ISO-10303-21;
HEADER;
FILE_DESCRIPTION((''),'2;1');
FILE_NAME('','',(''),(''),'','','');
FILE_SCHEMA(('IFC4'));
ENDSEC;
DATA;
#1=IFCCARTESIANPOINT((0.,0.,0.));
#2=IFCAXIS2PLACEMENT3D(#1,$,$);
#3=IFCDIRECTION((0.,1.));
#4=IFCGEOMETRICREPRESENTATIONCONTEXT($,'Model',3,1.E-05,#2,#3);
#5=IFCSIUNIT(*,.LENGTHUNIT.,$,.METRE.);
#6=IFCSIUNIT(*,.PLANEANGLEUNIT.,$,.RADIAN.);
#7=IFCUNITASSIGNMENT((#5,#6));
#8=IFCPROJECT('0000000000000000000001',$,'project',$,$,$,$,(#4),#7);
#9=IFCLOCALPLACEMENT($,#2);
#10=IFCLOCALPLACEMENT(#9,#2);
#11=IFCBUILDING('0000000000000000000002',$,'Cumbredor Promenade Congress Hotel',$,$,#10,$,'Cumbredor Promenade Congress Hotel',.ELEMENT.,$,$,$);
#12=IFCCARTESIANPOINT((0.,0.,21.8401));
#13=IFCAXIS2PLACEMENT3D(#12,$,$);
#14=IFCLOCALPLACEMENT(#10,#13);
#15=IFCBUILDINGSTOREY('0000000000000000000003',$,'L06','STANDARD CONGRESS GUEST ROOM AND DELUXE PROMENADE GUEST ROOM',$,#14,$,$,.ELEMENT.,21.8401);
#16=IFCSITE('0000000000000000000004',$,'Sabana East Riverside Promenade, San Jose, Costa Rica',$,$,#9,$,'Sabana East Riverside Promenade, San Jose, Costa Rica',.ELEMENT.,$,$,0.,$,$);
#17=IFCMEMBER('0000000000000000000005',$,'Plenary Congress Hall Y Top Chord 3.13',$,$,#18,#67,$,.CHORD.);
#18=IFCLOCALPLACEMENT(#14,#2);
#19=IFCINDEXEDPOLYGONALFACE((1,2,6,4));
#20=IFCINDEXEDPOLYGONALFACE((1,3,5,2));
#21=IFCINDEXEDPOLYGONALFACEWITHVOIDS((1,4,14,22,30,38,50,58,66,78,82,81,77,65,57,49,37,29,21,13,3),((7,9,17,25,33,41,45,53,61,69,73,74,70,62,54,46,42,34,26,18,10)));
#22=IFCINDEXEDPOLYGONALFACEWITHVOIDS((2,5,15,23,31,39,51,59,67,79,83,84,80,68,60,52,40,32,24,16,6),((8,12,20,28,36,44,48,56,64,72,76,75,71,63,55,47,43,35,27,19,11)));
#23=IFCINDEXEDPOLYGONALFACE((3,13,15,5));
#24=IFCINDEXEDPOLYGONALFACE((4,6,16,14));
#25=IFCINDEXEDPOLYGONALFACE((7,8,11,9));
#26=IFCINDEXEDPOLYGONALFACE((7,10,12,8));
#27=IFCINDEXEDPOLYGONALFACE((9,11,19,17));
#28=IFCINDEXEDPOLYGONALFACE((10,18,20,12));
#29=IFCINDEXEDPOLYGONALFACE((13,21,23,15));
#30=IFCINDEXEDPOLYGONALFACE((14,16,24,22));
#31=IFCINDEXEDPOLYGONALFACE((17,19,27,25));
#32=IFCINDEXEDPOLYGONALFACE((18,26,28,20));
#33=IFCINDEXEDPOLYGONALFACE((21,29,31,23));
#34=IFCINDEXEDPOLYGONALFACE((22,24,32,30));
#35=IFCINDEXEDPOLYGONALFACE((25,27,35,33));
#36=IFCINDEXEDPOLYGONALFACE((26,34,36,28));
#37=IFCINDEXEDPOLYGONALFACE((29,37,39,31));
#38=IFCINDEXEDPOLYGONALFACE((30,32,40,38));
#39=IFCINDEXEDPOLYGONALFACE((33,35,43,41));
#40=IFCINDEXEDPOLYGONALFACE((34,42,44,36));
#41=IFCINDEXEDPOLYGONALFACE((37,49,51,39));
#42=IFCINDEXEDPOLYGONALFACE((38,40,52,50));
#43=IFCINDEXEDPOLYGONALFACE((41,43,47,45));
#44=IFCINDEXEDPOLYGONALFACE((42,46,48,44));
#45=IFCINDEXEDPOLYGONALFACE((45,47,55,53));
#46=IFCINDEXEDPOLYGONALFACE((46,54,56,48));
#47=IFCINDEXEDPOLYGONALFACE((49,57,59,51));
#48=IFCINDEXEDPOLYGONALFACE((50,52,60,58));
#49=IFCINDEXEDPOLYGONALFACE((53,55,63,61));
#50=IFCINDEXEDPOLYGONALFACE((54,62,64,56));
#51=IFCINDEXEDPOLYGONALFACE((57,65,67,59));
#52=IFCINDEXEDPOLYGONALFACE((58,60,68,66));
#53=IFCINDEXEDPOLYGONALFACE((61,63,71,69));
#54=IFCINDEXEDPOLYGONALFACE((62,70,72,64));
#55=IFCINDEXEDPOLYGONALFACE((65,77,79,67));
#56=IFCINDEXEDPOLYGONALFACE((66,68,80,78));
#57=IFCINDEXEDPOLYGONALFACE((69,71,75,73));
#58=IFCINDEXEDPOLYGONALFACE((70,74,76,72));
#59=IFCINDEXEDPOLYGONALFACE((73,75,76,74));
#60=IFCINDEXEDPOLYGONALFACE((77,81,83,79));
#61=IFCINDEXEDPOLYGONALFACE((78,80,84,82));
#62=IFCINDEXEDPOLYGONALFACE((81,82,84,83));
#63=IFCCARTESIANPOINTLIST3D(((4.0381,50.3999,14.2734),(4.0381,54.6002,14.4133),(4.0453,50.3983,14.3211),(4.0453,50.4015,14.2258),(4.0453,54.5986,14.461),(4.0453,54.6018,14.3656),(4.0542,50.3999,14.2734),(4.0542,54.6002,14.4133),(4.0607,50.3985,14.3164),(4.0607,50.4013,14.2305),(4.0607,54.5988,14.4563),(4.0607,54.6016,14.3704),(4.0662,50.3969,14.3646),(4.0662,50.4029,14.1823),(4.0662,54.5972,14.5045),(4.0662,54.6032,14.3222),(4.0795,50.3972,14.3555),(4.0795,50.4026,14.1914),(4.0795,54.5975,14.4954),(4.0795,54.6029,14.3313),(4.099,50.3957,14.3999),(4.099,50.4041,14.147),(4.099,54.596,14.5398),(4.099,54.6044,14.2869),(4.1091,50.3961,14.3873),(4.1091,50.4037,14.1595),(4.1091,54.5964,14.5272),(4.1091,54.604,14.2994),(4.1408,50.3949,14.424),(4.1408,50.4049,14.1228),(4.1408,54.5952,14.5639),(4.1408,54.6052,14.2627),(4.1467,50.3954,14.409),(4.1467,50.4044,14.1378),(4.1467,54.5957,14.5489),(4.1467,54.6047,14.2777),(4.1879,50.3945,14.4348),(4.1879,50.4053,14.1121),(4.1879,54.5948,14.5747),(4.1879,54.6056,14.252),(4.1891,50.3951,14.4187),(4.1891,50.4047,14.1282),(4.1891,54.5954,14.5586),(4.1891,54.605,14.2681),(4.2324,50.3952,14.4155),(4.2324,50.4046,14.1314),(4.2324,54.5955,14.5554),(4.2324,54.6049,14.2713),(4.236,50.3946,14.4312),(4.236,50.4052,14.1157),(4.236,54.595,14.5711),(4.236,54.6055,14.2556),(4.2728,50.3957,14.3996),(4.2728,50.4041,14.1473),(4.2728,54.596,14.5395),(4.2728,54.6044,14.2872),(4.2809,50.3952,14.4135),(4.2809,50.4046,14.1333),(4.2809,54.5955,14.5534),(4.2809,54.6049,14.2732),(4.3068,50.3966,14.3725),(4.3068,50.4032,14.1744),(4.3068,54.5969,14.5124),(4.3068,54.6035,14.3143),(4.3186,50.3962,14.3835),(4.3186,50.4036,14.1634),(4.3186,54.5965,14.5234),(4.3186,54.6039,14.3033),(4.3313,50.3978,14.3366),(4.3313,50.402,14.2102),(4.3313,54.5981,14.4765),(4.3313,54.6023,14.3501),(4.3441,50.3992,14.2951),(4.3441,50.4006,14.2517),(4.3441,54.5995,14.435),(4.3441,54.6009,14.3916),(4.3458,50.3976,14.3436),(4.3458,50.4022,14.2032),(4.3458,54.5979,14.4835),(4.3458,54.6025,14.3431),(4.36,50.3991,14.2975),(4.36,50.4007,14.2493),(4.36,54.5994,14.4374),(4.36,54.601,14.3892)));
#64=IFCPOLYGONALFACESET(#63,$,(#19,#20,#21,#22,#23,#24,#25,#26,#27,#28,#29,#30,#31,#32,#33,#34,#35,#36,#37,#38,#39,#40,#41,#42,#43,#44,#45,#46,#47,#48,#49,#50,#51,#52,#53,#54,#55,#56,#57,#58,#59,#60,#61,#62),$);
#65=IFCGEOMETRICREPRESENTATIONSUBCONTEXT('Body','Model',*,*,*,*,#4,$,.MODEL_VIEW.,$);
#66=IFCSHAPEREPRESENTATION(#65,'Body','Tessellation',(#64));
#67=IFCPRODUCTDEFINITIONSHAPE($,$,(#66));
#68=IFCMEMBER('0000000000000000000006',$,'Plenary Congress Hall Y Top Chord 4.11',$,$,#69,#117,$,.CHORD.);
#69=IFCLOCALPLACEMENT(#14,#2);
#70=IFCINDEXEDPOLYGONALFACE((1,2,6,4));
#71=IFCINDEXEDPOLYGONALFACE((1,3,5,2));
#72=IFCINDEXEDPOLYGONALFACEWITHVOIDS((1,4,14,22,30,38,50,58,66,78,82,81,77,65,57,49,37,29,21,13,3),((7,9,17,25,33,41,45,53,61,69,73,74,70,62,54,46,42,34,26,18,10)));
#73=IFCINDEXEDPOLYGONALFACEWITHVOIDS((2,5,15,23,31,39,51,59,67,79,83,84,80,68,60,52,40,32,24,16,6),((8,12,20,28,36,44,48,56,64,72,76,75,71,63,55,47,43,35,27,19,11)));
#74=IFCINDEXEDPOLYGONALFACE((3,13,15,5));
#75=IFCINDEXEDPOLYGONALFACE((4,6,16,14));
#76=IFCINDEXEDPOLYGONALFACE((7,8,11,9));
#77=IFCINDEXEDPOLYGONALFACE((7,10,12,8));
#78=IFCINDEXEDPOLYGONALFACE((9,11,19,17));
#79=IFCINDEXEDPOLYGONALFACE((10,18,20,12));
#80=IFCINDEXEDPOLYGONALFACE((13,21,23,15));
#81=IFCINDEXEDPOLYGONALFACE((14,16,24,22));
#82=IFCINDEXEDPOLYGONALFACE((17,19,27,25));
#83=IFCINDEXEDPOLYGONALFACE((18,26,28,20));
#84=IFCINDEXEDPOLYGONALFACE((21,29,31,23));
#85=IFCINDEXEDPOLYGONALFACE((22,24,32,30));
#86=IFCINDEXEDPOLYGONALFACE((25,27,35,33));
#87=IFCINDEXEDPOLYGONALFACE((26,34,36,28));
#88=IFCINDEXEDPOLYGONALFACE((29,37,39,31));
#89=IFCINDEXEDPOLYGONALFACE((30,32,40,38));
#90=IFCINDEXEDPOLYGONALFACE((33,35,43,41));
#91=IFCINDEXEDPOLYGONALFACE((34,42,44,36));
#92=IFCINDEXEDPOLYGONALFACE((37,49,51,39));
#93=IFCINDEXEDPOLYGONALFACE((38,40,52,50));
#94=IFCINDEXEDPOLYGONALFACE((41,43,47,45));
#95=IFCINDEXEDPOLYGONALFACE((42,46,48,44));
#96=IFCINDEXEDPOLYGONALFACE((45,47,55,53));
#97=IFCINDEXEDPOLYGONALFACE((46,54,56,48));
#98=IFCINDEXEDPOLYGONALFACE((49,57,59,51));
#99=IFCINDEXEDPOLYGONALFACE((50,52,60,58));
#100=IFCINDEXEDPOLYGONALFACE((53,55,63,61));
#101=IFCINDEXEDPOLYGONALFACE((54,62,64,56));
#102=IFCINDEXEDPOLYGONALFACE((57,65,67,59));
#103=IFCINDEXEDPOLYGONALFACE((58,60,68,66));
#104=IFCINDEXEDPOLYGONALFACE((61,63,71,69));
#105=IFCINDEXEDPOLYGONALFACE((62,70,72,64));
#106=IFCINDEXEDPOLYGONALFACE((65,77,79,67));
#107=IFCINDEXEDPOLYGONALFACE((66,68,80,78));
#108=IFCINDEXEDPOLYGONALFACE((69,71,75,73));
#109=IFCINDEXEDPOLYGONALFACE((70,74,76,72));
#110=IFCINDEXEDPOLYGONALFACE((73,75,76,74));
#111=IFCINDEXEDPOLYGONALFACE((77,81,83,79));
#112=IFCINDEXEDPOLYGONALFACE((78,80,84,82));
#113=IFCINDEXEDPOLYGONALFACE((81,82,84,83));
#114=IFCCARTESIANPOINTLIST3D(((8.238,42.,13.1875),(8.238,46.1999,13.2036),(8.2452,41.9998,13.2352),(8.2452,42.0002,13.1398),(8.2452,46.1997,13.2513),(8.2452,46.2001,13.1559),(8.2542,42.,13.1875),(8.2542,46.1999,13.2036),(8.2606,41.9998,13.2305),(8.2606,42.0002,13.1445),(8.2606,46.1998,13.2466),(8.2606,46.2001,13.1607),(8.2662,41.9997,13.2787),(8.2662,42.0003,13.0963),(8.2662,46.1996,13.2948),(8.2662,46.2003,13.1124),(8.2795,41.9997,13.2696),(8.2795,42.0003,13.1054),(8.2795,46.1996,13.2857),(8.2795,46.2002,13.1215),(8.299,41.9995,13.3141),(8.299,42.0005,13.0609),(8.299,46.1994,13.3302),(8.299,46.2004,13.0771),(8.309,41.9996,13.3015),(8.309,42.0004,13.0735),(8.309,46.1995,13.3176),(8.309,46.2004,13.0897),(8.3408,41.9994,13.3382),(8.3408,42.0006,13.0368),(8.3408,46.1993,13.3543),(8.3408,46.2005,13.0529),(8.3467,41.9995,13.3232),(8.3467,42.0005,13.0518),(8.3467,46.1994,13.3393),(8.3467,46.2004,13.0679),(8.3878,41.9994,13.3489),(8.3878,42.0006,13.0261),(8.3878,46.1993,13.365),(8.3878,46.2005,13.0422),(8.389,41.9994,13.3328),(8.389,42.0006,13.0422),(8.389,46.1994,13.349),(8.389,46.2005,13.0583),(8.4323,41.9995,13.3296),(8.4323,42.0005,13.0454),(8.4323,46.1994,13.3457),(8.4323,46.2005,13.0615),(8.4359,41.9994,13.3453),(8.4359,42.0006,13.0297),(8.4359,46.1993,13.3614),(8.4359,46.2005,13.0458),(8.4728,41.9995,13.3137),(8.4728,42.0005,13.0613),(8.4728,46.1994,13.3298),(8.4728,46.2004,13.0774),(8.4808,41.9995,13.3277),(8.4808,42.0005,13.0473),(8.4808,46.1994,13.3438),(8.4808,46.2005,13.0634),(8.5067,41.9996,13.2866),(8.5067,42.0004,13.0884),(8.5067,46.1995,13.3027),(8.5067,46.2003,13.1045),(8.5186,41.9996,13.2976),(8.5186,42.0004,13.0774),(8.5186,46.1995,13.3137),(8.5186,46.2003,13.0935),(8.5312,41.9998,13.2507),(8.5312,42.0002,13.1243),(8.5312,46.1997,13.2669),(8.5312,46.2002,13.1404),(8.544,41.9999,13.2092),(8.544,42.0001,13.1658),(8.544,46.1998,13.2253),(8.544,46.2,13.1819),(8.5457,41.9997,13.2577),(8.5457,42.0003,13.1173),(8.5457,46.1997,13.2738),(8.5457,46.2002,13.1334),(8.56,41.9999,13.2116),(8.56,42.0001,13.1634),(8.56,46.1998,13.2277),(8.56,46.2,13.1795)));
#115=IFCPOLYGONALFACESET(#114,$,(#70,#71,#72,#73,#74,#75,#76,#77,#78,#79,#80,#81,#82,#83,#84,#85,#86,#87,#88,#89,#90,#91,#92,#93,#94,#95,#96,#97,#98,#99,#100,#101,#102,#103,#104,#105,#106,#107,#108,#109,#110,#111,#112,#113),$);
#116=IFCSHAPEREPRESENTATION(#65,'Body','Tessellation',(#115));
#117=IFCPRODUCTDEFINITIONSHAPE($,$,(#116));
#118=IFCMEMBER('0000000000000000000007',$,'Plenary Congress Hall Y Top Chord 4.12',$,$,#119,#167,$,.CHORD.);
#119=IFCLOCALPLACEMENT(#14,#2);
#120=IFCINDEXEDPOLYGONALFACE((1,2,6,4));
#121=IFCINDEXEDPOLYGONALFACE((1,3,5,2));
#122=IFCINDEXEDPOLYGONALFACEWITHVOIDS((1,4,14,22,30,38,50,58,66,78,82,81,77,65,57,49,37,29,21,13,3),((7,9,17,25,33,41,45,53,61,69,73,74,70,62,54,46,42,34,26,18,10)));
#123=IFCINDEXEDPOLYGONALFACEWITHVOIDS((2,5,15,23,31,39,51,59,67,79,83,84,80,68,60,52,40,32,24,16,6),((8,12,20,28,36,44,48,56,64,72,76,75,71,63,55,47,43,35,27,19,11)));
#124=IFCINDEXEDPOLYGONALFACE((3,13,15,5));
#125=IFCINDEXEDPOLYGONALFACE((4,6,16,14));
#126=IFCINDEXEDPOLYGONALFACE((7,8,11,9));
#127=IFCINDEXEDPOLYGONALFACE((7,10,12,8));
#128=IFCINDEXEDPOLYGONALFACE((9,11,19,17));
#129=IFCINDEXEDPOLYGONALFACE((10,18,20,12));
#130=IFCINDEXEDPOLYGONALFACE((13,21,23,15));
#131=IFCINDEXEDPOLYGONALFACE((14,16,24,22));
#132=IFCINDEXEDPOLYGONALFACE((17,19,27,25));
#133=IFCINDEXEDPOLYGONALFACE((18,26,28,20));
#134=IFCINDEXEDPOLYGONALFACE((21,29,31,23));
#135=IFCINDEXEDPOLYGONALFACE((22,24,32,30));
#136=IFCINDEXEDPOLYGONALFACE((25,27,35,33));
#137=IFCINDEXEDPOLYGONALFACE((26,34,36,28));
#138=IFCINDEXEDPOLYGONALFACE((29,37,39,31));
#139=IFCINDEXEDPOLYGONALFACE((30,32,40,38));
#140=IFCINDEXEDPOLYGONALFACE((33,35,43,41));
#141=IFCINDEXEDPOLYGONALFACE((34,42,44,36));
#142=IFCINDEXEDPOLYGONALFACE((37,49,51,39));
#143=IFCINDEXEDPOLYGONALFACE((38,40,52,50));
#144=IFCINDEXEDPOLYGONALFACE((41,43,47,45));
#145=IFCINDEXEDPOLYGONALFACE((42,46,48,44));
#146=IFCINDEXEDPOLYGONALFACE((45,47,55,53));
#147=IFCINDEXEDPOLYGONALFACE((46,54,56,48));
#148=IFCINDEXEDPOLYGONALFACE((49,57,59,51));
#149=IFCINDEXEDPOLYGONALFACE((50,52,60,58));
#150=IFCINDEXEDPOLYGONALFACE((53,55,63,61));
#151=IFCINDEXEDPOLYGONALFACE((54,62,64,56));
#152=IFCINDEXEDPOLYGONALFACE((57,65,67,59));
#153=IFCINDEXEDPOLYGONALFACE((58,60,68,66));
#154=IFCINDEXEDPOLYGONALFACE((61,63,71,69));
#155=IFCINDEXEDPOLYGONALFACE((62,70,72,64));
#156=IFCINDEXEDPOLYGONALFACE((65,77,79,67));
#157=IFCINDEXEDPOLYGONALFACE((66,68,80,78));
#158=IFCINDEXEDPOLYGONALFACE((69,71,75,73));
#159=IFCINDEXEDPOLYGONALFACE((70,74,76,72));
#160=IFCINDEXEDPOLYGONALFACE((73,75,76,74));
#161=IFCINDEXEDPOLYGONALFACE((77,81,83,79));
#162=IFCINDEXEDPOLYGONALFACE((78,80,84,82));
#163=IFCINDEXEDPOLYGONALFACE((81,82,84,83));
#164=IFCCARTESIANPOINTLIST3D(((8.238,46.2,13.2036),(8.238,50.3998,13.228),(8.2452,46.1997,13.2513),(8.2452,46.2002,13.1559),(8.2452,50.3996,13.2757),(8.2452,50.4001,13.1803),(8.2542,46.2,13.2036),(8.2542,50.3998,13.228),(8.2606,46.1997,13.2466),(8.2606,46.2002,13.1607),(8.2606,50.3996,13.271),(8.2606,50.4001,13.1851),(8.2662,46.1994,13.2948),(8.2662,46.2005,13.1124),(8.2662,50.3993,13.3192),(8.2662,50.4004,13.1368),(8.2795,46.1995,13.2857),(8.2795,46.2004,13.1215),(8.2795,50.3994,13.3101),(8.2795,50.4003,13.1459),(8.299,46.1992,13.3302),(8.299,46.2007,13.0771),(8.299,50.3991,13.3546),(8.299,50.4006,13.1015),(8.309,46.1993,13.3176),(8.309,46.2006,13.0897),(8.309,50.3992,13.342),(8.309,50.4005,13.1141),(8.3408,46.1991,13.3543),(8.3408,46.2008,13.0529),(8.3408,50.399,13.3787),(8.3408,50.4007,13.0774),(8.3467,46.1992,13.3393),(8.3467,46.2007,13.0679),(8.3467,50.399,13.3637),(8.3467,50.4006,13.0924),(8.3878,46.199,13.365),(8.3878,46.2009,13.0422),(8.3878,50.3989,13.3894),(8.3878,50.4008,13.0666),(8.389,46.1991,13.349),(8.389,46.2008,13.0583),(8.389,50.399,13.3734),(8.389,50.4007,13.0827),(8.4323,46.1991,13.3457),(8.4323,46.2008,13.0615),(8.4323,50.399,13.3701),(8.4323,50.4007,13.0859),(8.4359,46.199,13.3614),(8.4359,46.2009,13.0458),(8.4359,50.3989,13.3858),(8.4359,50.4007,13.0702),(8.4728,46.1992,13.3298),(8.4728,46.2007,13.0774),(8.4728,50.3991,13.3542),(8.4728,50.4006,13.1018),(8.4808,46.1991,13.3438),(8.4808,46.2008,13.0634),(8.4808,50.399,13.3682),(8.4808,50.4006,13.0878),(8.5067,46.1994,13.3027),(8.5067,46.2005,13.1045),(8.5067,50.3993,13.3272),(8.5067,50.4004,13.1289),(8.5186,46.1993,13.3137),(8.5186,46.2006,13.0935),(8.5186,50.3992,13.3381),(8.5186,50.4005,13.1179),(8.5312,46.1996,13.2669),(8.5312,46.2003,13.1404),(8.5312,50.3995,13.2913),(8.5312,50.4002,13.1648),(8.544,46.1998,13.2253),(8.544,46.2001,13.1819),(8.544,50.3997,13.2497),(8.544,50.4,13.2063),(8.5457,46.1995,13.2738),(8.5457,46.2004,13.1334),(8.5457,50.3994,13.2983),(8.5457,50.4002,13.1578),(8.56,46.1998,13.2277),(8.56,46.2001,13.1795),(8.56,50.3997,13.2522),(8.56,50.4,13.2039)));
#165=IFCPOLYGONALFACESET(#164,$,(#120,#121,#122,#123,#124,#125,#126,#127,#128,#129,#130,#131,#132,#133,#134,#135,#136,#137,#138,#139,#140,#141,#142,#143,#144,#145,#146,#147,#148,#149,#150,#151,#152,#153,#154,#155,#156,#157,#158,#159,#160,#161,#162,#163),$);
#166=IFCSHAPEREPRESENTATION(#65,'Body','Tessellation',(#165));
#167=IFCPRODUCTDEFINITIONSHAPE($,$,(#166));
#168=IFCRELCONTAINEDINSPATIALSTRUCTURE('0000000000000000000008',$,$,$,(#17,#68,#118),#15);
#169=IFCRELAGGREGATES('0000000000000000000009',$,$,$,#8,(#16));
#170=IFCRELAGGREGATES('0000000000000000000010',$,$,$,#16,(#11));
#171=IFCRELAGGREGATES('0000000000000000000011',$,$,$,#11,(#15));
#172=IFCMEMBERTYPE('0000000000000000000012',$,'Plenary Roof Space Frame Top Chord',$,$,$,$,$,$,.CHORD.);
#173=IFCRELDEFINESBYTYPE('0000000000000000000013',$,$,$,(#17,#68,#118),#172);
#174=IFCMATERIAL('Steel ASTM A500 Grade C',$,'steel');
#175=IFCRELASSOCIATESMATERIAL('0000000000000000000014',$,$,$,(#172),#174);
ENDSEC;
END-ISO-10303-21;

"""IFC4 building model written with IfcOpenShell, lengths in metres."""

from ifc_helpers import new_model, si_unit, direction, frame, origin, origin_2d, place, context, subcontext, project, spatial, hollow_circle, extrude, material, material_profile, profile_set, type_object, element, save


model = new_model("IFC4")

# Units and contexts
model_context = context("Model", 3, precision=1e-05, world=origin(), true_north=direction((0.0, 1.0)))
body_context = subcontext(model_context, "Body", "Model", "MODEL_VIEW")
ifc_project = project(units=[si_unit("LENGTHUNIT", "METRE"), si_unit("PLANEANGLEUNIT", "RADIAN")], contexts=[model_context])

# Site, building, storey
site_placement = place(None, origin())
site = spatial("IfcSite", under=ifc_project, at=site_placement, Name="Sabana East Riverside Promenade, San Jose, Costa Rica", LongName="Sabana East Riverside Promenade, San Jose, Costa Rica", CompositionType="ELEMENT", RefElevation=0.0)
building_placement = place(site_placement, origin())
building = spatial("IfcBuilding", under=site, at=building_placement, Name="Cumbredor Promenade Congress Hotel", LongName="Cumbredor Promenade Congress Hotel", CompositionType="ELEMENT")
storey_placement = place(building_placement, frame((0.0, 0.0, 21.8401)))
storey = spatial("IfcBuildingStorey", under=building, at=storey_placement, Name="L06", Description="STANDARD CONGRESS GUEST ROOM AND DELUXE PROMENADE GUEST ROOM", CompositionType="ELEMENT", Elevation=21.8401)

# Members
ifc_material_1 = material(Name="Steel ASTM A500 Grade C", Category="steel")
ifc_material_profile_1 = material_profile(ifc_material_1, hollow_circle(Radius=0.1619, WallThickness=0.0161, at=origin_2d()), Name="CHS 323.9x16")
ifc_profile_set_1 = profile_set([ifc_material_profile_1], Name="Steel ASTM A500 Grade C")
member_type_1 = type_object("IfcMemberType", Name="Plenary Roof Space Frame Top Chord", PredefinedType="CHORD", material=ifc_profile_set_1)
member_1_placement = place(storey_placement, frame((4.2, 50.3999, 14.2734), z_axis=(0.0, 0.999446, 0.033288), x_axis=(-1.0, 0.0, 0.0)))
element("IfcMember", 1, at=member_1_placement, inside=storey, type_object=member_type_1, Name="Plenary Congress Hall Y Top Chord 3.13", PredefinedType="CHORD", context=body_context, shape_type="SweptSolid", body=[
    extrude(hollow_circle(Radius=0.1619, WallThickness=0.0161, at=origin_2d()), origin(), (0.0, 0.0, 1.0), 4.2026),
])
for number, where, z_axis, x_axis, name in (
    (2, (8.3999, 42.0, 13.1875), (0.0, 0.999993, 0.003837), (-1.0, 0.0, 0.0), "Plenary Congress Hall Y Top Chord 4.11"),
    (3, (8.3999, 46.2, 13.2036), (0.0, 0.999983, 0.005813), (-1.0, 0.0, 0.0), "Plenary Congress Hall Y Top Chord 4.12"),
):
    element("IfcMember", number, at=place(storey_placement, frame(where, z_axis=z_axis, x_axis=x_axis)), inside=storey, type_object=member_type_1, Name=name, PredefinedType="CHORD", context=body_context, shape_type="SweptSolid", body=[
        extrude(hollow_circle(Radius=0.1619, WallThickness=0.0161, at=origin_2d()), origin(), (0.0, 0.0, 1.0), 4.2),
    ])

save(model, "model.ifc")
